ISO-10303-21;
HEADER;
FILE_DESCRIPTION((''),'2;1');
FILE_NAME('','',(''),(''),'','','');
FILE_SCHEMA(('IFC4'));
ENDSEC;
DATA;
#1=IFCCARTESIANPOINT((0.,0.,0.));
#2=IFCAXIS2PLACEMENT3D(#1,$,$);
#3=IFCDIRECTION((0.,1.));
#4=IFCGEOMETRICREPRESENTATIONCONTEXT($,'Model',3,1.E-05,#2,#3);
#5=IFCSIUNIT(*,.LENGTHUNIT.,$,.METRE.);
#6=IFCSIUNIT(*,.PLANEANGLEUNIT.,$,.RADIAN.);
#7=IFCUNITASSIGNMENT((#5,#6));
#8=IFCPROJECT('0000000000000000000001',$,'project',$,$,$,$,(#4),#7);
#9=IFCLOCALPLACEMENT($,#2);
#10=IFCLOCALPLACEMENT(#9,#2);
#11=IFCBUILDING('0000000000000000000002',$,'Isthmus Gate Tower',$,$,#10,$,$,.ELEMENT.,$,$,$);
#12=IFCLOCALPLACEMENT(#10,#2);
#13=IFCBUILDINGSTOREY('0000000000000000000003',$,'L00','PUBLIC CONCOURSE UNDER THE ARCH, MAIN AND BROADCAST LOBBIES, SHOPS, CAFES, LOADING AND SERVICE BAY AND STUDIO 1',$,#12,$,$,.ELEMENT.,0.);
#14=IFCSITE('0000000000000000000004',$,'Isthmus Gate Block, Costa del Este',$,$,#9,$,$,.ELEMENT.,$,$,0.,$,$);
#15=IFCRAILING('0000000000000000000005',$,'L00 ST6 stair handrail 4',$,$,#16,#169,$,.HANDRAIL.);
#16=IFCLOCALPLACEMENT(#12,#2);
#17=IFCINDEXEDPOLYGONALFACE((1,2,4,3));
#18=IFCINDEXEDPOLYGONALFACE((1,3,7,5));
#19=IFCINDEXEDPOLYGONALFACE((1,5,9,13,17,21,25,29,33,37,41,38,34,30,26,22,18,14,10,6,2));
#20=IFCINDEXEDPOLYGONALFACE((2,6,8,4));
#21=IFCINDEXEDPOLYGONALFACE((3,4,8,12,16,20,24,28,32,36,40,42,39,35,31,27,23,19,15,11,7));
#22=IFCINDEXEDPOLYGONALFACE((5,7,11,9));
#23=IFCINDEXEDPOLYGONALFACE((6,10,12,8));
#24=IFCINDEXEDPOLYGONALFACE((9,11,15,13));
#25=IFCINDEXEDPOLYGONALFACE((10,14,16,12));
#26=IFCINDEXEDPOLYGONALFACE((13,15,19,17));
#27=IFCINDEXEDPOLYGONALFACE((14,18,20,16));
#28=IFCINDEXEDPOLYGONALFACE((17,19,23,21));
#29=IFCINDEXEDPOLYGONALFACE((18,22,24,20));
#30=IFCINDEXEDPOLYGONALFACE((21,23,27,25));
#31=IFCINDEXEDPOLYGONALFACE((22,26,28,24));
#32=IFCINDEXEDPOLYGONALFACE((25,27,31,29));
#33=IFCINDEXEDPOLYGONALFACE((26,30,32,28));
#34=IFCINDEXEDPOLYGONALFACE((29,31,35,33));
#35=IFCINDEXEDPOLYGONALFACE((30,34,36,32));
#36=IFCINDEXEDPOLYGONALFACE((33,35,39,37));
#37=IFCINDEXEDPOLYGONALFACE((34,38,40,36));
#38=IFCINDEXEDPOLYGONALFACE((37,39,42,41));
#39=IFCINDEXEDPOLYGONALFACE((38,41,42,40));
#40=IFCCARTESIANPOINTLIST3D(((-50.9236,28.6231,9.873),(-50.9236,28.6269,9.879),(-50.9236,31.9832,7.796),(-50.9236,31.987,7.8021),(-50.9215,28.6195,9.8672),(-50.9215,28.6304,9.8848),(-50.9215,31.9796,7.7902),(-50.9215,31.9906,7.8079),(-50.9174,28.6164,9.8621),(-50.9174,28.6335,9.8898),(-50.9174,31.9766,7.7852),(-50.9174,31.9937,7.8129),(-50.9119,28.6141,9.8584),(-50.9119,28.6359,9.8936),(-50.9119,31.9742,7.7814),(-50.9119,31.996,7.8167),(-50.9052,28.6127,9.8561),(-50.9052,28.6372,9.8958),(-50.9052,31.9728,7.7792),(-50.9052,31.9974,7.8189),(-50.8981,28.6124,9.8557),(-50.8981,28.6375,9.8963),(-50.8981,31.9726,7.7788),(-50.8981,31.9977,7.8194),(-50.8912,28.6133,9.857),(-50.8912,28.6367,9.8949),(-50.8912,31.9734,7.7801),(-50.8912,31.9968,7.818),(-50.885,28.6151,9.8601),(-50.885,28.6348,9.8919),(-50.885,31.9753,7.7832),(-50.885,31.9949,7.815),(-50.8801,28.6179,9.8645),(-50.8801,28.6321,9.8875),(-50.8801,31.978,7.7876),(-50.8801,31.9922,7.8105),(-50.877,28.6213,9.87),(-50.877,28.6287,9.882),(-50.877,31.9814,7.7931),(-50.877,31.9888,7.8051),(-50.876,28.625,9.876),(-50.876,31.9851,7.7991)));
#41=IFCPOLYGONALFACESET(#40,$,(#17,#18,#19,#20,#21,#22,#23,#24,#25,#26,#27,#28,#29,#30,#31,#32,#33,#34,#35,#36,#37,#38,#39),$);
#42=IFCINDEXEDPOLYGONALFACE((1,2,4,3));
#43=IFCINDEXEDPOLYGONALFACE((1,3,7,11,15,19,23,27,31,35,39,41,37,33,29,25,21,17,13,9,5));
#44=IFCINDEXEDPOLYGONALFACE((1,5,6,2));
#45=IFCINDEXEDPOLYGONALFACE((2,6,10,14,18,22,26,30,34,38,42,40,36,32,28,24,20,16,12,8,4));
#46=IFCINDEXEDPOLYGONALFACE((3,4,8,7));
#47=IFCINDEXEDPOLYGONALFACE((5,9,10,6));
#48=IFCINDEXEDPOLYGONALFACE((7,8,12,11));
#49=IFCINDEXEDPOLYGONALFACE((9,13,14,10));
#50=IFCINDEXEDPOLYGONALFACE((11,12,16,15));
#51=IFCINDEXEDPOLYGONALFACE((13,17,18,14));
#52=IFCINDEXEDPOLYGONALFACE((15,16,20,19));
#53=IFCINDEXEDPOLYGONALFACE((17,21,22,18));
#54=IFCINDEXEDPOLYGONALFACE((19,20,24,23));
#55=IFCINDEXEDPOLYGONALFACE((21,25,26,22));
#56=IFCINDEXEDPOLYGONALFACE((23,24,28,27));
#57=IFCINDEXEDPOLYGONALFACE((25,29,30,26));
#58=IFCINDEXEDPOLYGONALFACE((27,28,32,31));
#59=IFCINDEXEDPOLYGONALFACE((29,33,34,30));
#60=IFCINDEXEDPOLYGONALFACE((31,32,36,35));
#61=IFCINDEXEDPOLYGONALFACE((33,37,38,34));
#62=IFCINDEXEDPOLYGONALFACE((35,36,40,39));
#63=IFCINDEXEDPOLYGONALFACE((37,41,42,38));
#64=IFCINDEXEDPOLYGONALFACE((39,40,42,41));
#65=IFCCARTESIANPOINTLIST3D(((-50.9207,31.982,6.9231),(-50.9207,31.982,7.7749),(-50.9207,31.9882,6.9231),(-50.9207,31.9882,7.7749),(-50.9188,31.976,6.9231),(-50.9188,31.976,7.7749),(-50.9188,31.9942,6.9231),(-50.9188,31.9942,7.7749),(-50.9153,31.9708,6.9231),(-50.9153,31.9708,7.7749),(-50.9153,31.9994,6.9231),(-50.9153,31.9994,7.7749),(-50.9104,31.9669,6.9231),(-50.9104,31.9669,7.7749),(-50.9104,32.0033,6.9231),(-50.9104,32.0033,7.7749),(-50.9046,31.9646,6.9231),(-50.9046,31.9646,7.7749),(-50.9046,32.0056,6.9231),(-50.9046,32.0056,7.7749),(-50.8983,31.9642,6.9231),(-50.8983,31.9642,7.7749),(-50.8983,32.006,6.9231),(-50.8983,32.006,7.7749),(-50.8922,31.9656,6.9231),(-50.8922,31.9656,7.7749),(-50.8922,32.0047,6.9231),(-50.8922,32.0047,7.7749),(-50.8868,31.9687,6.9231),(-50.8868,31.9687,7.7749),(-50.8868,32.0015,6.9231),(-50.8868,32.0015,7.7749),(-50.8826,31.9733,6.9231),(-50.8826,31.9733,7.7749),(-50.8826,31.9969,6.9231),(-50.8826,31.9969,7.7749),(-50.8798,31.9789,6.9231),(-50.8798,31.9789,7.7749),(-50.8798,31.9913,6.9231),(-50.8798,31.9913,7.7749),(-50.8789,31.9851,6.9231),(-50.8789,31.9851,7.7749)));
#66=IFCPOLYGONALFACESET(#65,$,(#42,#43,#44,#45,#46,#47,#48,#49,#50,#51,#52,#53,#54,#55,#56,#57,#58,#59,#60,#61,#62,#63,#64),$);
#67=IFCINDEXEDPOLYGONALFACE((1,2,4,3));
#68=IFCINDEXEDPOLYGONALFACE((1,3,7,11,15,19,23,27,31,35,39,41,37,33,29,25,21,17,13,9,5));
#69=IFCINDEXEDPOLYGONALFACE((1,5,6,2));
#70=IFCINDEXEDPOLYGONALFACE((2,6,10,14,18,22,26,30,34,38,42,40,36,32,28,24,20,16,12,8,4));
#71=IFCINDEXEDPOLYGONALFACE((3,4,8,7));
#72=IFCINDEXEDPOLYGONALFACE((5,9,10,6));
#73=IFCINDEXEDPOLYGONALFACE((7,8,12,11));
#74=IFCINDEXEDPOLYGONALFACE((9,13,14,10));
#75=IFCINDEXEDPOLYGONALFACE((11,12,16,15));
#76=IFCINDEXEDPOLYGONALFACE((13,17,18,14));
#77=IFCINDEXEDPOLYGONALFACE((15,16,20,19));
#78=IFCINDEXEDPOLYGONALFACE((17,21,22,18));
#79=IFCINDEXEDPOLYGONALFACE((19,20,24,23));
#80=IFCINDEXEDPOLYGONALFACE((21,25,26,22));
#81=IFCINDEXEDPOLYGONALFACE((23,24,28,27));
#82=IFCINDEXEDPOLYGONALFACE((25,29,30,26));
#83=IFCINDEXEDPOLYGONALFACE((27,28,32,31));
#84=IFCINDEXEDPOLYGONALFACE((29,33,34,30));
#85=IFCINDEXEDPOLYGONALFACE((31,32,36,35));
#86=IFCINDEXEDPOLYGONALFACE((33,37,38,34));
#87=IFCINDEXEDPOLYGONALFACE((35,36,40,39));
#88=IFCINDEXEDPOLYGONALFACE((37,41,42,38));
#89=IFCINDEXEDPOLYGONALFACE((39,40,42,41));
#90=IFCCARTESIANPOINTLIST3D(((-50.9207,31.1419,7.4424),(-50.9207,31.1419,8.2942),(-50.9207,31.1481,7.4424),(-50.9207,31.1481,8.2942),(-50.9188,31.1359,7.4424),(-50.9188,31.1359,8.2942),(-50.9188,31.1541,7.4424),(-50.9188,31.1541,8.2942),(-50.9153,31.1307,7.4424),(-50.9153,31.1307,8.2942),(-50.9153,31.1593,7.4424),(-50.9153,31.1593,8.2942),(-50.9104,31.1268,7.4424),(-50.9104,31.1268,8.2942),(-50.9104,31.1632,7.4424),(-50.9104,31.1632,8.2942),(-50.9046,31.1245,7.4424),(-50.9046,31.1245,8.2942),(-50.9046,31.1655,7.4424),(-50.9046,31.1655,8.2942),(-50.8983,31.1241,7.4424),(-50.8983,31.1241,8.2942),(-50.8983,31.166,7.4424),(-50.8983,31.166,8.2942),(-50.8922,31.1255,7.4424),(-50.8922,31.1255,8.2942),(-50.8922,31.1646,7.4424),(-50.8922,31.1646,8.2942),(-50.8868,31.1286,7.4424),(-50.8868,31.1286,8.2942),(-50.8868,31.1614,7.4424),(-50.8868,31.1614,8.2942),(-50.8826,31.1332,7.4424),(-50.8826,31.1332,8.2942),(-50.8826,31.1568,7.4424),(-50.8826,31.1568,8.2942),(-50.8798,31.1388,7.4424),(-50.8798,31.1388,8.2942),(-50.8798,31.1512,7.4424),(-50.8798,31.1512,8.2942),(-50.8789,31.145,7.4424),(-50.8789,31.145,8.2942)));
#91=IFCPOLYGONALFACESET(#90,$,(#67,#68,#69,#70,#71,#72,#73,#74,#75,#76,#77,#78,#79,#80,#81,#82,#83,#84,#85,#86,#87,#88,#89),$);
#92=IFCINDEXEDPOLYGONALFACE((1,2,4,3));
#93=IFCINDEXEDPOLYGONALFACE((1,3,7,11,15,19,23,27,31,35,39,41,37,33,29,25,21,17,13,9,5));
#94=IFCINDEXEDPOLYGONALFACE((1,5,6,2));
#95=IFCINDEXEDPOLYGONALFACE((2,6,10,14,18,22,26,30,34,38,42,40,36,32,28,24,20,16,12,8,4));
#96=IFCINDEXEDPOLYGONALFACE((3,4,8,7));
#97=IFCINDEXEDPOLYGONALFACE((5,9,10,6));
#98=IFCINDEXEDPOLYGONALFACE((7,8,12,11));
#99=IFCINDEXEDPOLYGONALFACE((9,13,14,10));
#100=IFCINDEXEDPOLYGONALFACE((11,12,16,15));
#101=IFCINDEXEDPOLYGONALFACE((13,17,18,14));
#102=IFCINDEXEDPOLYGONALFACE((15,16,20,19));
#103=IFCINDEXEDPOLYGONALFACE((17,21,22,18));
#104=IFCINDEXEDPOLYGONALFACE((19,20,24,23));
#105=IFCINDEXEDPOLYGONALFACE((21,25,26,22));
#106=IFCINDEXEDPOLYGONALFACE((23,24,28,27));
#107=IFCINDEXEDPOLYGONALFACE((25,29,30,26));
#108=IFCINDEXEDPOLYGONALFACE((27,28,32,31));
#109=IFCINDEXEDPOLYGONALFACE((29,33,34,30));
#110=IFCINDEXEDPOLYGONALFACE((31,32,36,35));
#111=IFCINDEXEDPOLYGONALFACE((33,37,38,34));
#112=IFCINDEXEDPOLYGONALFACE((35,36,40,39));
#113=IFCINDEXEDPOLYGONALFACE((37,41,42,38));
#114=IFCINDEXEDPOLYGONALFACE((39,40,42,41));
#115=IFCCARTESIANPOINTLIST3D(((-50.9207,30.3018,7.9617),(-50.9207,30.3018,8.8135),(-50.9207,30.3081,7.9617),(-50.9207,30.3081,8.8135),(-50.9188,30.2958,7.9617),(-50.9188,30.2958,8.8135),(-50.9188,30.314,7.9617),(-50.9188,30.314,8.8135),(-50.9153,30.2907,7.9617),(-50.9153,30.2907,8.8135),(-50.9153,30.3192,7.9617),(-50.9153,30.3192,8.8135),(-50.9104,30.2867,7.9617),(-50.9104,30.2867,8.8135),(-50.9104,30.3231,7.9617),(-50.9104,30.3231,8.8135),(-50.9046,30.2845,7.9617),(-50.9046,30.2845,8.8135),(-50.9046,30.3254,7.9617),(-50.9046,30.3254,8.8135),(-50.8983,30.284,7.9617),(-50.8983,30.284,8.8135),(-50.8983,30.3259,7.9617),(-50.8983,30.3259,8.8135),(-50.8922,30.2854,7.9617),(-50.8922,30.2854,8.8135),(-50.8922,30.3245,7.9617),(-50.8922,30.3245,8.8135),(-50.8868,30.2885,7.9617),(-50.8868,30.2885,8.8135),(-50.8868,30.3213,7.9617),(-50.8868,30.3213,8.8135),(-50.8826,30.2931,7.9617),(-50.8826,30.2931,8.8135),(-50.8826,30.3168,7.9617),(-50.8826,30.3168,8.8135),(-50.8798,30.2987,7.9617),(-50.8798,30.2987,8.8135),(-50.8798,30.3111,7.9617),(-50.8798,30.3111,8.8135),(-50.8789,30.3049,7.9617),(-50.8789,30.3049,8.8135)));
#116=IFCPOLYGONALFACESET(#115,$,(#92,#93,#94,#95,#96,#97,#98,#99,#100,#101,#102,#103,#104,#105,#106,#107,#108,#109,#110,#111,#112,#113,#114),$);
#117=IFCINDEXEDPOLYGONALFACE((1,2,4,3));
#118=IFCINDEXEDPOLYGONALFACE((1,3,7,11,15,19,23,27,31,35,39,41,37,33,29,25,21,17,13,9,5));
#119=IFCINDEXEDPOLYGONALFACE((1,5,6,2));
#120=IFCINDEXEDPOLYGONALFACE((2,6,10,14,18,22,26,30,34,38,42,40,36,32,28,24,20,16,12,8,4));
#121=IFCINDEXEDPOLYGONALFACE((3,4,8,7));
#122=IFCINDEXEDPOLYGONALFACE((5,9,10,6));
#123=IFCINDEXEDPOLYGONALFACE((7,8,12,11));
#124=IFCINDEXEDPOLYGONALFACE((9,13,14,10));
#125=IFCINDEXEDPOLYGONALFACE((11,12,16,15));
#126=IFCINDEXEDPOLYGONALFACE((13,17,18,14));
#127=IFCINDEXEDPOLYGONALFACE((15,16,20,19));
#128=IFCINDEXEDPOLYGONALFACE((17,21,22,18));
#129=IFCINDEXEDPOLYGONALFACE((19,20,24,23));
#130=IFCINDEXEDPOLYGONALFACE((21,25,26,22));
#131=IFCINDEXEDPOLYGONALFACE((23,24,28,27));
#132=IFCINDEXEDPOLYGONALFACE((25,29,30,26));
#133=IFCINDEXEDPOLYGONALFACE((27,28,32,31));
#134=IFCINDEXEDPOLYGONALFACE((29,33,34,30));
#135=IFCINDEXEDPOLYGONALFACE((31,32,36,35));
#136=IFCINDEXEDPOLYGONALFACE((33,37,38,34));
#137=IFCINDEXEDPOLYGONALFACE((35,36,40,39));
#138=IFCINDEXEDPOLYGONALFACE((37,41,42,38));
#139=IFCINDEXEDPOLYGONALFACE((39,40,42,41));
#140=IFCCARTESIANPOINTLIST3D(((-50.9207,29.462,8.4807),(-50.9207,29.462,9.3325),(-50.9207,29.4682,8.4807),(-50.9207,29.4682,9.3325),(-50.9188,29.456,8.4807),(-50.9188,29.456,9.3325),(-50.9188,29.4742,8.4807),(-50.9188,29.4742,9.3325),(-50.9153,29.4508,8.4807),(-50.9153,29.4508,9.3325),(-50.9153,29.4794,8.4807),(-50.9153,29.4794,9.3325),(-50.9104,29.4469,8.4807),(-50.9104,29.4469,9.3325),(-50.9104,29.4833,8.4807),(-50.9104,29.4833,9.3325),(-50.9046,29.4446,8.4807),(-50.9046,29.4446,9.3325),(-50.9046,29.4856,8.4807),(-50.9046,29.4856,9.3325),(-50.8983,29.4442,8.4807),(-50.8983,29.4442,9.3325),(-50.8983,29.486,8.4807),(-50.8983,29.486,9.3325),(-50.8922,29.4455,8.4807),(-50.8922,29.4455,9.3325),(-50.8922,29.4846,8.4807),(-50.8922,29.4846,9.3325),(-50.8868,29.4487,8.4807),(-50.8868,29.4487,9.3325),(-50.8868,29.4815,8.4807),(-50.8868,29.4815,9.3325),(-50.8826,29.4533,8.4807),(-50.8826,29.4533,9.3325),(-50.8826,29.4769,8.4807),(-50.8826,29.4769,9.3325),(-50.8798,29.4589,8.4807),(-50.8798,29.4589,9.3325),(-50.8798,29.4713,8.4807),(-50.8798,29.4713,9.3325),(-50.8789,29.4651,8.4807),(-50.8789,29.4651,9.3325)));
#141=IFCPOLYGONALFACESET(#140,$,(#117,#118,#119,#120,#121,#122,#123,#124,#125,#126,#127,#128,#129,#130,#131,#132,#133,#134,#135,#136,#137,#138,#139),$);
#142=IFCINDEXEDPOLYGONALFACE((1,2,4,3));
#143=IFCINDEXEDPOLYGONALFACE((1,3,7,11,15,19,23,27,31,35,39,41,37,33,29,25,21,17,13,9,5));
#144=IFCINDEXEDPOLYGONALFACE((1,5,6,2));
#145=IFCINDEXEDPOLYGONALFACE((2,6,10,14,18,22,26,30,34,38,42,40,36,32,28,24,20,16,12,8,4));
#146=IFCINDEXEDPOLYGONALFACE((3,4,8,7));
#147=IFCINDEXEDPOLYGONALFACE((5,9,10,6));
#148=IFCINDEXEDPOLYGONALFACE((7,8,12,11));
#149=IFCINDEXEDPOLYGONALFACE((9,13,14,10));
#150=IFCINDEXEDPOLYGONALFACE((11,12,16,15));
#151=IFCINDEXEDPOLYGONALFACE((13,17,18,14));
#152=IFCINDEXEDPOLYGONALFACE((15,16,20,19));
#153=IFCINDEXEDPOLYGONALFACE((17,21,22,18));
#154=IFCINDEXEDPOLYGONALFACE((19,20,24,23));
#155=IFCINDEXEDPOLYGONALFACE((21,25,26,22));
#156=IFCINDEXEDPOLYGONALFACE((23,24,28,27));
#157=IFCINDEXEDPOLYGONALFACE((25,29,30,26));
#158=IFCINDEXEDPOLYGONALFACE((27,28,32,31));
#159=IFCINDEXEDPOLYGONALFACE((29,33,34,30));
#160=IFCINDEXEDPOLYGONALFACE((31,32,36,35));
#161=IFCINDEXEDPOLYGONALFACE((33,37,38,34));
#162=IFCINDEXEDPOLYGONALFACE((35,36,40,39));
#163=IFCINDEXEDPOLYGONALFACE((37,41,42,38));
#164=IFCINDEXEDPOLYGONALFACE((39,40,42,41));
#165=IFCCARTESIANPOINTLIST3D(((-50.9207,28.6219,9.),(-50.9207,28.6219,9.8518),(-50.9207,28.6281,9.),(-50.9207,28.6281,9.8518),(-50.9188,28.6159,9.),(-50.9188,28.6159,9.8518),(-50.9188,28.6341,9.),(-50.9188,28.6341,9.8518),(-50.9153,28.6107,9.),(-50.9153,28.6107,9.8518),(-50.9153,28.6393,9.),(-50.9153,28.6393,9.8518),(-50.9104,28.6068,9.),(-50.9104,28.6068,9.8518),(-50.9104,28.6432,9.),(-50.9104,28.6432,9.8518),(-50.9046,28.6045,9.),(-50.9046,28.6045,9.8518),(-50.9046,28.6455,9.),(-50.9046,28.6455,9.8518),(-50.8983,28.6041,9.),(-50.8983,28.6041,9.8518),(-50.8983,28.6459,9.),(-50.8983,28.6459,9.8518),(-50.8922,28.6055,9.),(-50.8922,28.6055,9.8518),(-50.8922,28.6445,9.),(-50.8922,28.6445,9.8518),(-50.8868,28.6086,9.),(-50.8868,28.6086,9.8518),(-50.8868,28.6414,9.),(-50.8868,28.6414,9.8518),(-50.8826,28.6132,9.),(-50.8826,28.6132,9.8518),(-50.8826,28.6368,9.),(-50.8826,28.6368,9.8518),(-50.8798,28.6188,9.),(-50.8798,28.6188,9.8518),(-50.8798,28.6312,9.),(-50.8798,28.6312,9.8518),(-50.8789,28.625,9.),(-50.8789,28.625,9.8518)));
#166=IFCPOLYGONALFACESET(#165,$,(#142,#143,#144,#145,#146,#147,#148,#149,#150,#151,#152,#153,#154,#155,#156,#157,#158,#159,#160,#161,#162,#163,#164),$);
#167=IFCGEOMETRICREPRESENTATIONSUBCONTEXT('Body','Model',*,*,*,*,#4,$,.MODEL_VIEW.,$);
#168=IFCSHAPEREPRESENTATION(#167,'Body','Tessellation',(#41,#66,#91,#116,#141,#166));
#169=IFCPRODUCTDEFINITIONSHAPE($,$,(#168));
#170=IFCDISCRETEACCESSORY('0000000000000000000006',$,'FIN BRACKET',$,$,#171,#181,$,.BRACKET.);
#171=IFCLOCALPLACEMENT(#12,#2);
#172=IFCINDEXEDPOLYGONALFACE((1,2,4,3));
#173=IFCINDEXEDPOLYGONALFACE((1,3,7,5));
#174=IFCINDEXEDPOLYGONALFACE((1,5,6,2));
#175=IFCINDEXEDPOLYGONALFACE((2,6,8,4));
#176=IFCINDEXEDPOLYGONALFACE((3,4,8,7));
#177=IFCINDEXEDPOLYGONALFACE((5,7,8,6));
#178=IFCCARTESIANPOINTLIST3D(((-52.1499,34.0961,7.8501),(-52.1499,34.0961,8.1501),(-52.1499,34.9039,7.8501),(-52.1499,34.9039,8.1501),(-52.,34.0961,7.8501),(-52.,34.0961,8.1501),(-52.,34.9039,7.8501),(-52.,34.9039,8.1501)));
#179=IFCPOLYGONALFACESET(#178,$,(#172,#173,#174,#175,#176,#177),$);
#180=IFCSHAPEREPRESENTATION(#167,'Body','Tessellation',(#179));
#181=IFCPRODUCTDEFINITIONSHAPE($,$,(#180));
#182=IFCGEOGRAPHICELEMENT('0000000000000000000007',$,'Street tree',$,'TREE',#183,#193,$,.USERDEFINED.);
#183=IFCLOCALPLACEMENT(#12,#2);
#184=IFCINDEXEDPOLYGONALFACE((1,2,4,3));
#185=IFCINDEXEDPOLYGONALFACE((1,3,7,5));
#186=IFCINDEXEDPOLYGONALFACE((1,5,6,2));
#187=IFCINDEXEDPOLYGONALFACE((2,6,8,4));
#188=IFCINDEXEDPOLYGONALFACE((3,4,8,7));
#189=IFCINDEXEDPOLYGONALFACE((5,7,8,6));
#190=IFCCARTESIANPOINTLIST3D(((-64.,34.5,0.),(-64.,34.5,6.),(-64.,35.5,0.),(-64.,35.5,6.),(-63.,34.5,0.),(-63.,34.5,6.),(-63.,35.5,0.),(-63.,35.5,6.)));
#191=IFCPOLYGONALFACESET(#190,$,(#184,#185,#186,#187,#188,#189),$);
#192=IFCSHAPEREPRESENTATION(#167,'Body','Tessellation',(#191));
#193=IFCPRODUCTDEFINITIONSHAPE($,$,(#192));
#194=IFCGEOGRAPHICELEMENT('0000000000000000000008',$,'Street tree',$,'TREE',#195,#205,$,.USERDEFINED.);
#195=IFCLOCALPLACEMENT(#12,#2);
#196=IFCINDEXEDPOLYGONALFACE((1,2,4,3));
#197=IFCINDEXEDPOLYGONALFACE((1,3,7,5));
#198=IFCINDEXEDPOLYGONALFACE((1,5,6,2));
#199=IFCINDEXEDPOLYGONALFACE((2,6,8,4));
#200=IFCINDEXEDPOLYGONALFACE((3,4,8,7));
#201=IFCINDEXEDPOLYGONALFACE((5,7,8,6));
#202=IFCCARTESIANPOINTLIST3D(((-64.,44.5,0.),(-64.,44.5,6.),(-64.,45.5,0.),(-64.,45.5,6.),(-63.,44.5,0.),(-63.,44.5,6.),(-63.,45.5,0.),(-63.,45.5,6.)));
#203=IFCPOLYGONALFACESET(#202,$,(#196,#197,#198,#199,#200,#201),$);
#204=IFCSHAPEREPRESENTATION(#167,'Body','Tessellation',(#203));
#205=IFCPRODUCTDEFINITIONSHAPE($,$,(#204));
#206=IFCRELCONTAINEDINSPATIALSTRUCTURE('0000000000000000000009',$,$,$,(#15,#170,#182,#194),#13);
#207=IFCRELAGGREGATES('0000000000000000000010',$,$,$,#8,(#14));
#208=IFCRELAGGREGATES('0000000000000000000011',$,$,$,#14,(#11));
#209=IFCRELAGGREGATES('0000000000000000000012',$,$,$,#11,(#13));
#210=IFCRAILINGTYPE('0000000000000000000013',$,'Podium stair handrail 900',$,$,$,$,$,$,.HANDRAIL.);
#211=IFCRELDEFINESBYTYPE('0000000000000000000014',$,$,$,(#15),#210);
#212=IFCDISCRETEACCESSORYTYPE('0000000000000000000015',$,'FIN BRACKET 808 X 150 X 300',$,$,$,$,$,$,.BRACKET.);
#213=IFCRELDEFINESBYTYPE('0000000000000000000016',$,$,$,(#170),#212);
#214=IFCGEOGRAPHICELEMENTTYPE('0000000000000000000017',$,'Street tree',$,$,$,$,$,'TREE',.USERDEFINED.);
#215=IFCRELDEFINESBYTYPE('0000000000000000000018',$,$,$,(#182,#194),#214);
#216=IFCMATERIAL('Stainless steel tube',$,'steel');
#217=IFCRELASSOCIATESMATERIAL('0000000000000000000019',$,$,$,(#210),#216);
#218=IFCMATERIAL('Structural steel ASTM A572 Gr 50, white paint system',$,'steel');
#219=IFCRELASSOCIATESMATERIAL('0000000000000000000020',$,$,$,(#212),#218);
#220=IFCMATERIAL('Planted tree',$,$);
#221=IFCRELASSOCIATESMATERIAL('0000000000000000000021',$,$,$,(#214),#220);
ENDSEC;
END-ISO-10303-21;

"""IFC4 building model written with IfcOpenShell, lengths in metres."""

from ifc_helpers import new_model, si_unit, direction, frame, origin, origin_2d, place, context, subcontext, project, spatial, rectangle, circle, extrude, material, type_object, element, save


model = new_model("IFC4")

# Units and contexts
model_context = context("Model", 3, precision=1e-05, world=origin(), true_north=direction((0.0, 1.0)))
body_context = subcontext(model_context, "Body", "Model", "MODEL_VIEW")
ifc_project = project(units=[si_unit("LENGTHUNIT", "METRE"), si_unit("PLANEANGLEUNIT", "RADIAN")], contexts=[model_context])

# Site, building, storey
site_placement = place(None, origin())
site = spatial("IfcSite", under=ifc_project, at=site_placement, Name="Isthmus Gate Block, Costa del Este", CompositionType="ELEMENT", RefElevation=0.0)
building_placement = place(site_placement, origin())
building = spatial("IfcBuilding", under=site, at=building_placement, Name="Isthmus Gate Tower", CompositionType="ELEMENT")
storey_placement = place(building_placement, origin())
storey = spatial("IfcBuildingStorey", under=building, at=storey_placement, Name="L00", Description="PUBLIC CONCOURSE UNDER THE ARCH, MAIN AND BROADCAST LOBBIES, SHOPS, CAFES, LOADING AND SERVICE BAY AND STUDIO 1", CompositionType="ELEMENT", Elevation=0.0)

# Railing
ifc_material_1 = material(Name="Stainless steel tube", Category="steel")
railing_type_1 = type_object("IfcRailingType", Name="Podium stair handrail 900", PredefinedType="HANDRAIL", material=ifc_material_1)
for number, where, name in (
    (1, (-50.8999, 31.9851, 6.9231), "L00 ST6 stair handrail 4"),
):
    element("IfcRailing", number, at=place(storey_placement, frame(where)), inside=storey, type_object=railing_type_1, Name=name, PredefinedType="HANDRAIL", context=body_context, shape_type="SweptSolid", body=[
        extrude(circle(Radius=0.0239, at=origin_2d()), frame((0.0, 0.0, 0.876), z_axis=(0.0, -0.850623, 0.525776), x_axis=(1.0, 0.0, 0.0)), (0.0, 0.0, 1.0), 3.9502),
        extrude(circle(Radius=0.021, at=origin_2d()), origin(), (0.0, 0.0, 1.0), 0.8518),
        extrude(circle(Radius=0.021, at=origin_2d()), frame((0.0, -0.8401, 0.5193)), (0.0, 0.0, 1.0), 0.8518),
        extrude(circle(Radius=0.021, at=origin_2d()), frame((0.0, -1.6802, 1.0386)), (0.0, 0.0, 1.0), 0.8518),
        extrude(circle(Radius=0.021, at=origin_2d()), frame((0.0, -2.52, 1.5576)), (0.0, 0.0, 1.0), 0.8518),
        extrude(circle(Radius=0.021, at=origin_2d()), frame((0.0, -3.3601, 2.0769)), (0.0, 0.0, 1.0), 0.8518),
    ])

# Discrete accessory
ifc_material_2 = material(Name="Structural steel ASTM A572 Gr 50, white paint system", Category="steel")
discrete_accessory_type = type_object("IfcDiscreteAccessoryType", Name="FIN BRACKET 808 X 150 X 300", PredefinedType="BRACKET", material=ifc_material_2)
discrete_accessory_placement = place(storey_placement, frame((-52.075, 34.5, 7.8501), z_axis=(0.0, 0.0, 1.0), x_axis=(-1.0, 0.0, 0.0)))
element("IfcDiscreteAccessory", 2, at=discrete_accessory_placement, inside=storey, type_object=discrete_accessory_type, Name="FIN BRACKET", PredefinedType="BRACKET", context=body_context, shape_type="SweptSolid", body=[
    extrude(rectangle(XDim=0.1499, YDim=0.8079, at=origin_2d()), origin(), (0.0, 0.0, 1.0), 0.3),
])

# Geographic elements
ifc_material_3 = material(Name="Planted tree")
geographic_element_type = type_object("IfcGeographicElementType", Name="Street tree", ElementType="TREE", PredefinedType="USERDEFINED", material=ifc_material_3)
for number, where, z_axis, x_axis, name in (
    (3, (-63.5, 35.0, 0.0), (0.0, 0.0, 1.0), (1.0, 0.0, 0.0), "Street tree"),
    (4, (-63.5, 45.0, 0.0), (0.0, 0.0, 1.0), (1.0, 0.0, 0.0), "Street tree"),
):
    element("IfcGeographicElement", number, at=place(storey_placement, frame(where, z_axis=z_axis, x_axis=x_axis)), inside=storey, type_object=geographic_element_type, Name=name, ObjectType="TREE", PredefinedType="USERDEFINED", context=body_context, shape_type="SweptSolid", body=[
        extrude(rectangle(XDim=1.0, YDim=1.0, at=origin_2d()), origin(), (0.0, 0.0, 1.0), 6.0),
    ])

save(model, "model.ifc")
